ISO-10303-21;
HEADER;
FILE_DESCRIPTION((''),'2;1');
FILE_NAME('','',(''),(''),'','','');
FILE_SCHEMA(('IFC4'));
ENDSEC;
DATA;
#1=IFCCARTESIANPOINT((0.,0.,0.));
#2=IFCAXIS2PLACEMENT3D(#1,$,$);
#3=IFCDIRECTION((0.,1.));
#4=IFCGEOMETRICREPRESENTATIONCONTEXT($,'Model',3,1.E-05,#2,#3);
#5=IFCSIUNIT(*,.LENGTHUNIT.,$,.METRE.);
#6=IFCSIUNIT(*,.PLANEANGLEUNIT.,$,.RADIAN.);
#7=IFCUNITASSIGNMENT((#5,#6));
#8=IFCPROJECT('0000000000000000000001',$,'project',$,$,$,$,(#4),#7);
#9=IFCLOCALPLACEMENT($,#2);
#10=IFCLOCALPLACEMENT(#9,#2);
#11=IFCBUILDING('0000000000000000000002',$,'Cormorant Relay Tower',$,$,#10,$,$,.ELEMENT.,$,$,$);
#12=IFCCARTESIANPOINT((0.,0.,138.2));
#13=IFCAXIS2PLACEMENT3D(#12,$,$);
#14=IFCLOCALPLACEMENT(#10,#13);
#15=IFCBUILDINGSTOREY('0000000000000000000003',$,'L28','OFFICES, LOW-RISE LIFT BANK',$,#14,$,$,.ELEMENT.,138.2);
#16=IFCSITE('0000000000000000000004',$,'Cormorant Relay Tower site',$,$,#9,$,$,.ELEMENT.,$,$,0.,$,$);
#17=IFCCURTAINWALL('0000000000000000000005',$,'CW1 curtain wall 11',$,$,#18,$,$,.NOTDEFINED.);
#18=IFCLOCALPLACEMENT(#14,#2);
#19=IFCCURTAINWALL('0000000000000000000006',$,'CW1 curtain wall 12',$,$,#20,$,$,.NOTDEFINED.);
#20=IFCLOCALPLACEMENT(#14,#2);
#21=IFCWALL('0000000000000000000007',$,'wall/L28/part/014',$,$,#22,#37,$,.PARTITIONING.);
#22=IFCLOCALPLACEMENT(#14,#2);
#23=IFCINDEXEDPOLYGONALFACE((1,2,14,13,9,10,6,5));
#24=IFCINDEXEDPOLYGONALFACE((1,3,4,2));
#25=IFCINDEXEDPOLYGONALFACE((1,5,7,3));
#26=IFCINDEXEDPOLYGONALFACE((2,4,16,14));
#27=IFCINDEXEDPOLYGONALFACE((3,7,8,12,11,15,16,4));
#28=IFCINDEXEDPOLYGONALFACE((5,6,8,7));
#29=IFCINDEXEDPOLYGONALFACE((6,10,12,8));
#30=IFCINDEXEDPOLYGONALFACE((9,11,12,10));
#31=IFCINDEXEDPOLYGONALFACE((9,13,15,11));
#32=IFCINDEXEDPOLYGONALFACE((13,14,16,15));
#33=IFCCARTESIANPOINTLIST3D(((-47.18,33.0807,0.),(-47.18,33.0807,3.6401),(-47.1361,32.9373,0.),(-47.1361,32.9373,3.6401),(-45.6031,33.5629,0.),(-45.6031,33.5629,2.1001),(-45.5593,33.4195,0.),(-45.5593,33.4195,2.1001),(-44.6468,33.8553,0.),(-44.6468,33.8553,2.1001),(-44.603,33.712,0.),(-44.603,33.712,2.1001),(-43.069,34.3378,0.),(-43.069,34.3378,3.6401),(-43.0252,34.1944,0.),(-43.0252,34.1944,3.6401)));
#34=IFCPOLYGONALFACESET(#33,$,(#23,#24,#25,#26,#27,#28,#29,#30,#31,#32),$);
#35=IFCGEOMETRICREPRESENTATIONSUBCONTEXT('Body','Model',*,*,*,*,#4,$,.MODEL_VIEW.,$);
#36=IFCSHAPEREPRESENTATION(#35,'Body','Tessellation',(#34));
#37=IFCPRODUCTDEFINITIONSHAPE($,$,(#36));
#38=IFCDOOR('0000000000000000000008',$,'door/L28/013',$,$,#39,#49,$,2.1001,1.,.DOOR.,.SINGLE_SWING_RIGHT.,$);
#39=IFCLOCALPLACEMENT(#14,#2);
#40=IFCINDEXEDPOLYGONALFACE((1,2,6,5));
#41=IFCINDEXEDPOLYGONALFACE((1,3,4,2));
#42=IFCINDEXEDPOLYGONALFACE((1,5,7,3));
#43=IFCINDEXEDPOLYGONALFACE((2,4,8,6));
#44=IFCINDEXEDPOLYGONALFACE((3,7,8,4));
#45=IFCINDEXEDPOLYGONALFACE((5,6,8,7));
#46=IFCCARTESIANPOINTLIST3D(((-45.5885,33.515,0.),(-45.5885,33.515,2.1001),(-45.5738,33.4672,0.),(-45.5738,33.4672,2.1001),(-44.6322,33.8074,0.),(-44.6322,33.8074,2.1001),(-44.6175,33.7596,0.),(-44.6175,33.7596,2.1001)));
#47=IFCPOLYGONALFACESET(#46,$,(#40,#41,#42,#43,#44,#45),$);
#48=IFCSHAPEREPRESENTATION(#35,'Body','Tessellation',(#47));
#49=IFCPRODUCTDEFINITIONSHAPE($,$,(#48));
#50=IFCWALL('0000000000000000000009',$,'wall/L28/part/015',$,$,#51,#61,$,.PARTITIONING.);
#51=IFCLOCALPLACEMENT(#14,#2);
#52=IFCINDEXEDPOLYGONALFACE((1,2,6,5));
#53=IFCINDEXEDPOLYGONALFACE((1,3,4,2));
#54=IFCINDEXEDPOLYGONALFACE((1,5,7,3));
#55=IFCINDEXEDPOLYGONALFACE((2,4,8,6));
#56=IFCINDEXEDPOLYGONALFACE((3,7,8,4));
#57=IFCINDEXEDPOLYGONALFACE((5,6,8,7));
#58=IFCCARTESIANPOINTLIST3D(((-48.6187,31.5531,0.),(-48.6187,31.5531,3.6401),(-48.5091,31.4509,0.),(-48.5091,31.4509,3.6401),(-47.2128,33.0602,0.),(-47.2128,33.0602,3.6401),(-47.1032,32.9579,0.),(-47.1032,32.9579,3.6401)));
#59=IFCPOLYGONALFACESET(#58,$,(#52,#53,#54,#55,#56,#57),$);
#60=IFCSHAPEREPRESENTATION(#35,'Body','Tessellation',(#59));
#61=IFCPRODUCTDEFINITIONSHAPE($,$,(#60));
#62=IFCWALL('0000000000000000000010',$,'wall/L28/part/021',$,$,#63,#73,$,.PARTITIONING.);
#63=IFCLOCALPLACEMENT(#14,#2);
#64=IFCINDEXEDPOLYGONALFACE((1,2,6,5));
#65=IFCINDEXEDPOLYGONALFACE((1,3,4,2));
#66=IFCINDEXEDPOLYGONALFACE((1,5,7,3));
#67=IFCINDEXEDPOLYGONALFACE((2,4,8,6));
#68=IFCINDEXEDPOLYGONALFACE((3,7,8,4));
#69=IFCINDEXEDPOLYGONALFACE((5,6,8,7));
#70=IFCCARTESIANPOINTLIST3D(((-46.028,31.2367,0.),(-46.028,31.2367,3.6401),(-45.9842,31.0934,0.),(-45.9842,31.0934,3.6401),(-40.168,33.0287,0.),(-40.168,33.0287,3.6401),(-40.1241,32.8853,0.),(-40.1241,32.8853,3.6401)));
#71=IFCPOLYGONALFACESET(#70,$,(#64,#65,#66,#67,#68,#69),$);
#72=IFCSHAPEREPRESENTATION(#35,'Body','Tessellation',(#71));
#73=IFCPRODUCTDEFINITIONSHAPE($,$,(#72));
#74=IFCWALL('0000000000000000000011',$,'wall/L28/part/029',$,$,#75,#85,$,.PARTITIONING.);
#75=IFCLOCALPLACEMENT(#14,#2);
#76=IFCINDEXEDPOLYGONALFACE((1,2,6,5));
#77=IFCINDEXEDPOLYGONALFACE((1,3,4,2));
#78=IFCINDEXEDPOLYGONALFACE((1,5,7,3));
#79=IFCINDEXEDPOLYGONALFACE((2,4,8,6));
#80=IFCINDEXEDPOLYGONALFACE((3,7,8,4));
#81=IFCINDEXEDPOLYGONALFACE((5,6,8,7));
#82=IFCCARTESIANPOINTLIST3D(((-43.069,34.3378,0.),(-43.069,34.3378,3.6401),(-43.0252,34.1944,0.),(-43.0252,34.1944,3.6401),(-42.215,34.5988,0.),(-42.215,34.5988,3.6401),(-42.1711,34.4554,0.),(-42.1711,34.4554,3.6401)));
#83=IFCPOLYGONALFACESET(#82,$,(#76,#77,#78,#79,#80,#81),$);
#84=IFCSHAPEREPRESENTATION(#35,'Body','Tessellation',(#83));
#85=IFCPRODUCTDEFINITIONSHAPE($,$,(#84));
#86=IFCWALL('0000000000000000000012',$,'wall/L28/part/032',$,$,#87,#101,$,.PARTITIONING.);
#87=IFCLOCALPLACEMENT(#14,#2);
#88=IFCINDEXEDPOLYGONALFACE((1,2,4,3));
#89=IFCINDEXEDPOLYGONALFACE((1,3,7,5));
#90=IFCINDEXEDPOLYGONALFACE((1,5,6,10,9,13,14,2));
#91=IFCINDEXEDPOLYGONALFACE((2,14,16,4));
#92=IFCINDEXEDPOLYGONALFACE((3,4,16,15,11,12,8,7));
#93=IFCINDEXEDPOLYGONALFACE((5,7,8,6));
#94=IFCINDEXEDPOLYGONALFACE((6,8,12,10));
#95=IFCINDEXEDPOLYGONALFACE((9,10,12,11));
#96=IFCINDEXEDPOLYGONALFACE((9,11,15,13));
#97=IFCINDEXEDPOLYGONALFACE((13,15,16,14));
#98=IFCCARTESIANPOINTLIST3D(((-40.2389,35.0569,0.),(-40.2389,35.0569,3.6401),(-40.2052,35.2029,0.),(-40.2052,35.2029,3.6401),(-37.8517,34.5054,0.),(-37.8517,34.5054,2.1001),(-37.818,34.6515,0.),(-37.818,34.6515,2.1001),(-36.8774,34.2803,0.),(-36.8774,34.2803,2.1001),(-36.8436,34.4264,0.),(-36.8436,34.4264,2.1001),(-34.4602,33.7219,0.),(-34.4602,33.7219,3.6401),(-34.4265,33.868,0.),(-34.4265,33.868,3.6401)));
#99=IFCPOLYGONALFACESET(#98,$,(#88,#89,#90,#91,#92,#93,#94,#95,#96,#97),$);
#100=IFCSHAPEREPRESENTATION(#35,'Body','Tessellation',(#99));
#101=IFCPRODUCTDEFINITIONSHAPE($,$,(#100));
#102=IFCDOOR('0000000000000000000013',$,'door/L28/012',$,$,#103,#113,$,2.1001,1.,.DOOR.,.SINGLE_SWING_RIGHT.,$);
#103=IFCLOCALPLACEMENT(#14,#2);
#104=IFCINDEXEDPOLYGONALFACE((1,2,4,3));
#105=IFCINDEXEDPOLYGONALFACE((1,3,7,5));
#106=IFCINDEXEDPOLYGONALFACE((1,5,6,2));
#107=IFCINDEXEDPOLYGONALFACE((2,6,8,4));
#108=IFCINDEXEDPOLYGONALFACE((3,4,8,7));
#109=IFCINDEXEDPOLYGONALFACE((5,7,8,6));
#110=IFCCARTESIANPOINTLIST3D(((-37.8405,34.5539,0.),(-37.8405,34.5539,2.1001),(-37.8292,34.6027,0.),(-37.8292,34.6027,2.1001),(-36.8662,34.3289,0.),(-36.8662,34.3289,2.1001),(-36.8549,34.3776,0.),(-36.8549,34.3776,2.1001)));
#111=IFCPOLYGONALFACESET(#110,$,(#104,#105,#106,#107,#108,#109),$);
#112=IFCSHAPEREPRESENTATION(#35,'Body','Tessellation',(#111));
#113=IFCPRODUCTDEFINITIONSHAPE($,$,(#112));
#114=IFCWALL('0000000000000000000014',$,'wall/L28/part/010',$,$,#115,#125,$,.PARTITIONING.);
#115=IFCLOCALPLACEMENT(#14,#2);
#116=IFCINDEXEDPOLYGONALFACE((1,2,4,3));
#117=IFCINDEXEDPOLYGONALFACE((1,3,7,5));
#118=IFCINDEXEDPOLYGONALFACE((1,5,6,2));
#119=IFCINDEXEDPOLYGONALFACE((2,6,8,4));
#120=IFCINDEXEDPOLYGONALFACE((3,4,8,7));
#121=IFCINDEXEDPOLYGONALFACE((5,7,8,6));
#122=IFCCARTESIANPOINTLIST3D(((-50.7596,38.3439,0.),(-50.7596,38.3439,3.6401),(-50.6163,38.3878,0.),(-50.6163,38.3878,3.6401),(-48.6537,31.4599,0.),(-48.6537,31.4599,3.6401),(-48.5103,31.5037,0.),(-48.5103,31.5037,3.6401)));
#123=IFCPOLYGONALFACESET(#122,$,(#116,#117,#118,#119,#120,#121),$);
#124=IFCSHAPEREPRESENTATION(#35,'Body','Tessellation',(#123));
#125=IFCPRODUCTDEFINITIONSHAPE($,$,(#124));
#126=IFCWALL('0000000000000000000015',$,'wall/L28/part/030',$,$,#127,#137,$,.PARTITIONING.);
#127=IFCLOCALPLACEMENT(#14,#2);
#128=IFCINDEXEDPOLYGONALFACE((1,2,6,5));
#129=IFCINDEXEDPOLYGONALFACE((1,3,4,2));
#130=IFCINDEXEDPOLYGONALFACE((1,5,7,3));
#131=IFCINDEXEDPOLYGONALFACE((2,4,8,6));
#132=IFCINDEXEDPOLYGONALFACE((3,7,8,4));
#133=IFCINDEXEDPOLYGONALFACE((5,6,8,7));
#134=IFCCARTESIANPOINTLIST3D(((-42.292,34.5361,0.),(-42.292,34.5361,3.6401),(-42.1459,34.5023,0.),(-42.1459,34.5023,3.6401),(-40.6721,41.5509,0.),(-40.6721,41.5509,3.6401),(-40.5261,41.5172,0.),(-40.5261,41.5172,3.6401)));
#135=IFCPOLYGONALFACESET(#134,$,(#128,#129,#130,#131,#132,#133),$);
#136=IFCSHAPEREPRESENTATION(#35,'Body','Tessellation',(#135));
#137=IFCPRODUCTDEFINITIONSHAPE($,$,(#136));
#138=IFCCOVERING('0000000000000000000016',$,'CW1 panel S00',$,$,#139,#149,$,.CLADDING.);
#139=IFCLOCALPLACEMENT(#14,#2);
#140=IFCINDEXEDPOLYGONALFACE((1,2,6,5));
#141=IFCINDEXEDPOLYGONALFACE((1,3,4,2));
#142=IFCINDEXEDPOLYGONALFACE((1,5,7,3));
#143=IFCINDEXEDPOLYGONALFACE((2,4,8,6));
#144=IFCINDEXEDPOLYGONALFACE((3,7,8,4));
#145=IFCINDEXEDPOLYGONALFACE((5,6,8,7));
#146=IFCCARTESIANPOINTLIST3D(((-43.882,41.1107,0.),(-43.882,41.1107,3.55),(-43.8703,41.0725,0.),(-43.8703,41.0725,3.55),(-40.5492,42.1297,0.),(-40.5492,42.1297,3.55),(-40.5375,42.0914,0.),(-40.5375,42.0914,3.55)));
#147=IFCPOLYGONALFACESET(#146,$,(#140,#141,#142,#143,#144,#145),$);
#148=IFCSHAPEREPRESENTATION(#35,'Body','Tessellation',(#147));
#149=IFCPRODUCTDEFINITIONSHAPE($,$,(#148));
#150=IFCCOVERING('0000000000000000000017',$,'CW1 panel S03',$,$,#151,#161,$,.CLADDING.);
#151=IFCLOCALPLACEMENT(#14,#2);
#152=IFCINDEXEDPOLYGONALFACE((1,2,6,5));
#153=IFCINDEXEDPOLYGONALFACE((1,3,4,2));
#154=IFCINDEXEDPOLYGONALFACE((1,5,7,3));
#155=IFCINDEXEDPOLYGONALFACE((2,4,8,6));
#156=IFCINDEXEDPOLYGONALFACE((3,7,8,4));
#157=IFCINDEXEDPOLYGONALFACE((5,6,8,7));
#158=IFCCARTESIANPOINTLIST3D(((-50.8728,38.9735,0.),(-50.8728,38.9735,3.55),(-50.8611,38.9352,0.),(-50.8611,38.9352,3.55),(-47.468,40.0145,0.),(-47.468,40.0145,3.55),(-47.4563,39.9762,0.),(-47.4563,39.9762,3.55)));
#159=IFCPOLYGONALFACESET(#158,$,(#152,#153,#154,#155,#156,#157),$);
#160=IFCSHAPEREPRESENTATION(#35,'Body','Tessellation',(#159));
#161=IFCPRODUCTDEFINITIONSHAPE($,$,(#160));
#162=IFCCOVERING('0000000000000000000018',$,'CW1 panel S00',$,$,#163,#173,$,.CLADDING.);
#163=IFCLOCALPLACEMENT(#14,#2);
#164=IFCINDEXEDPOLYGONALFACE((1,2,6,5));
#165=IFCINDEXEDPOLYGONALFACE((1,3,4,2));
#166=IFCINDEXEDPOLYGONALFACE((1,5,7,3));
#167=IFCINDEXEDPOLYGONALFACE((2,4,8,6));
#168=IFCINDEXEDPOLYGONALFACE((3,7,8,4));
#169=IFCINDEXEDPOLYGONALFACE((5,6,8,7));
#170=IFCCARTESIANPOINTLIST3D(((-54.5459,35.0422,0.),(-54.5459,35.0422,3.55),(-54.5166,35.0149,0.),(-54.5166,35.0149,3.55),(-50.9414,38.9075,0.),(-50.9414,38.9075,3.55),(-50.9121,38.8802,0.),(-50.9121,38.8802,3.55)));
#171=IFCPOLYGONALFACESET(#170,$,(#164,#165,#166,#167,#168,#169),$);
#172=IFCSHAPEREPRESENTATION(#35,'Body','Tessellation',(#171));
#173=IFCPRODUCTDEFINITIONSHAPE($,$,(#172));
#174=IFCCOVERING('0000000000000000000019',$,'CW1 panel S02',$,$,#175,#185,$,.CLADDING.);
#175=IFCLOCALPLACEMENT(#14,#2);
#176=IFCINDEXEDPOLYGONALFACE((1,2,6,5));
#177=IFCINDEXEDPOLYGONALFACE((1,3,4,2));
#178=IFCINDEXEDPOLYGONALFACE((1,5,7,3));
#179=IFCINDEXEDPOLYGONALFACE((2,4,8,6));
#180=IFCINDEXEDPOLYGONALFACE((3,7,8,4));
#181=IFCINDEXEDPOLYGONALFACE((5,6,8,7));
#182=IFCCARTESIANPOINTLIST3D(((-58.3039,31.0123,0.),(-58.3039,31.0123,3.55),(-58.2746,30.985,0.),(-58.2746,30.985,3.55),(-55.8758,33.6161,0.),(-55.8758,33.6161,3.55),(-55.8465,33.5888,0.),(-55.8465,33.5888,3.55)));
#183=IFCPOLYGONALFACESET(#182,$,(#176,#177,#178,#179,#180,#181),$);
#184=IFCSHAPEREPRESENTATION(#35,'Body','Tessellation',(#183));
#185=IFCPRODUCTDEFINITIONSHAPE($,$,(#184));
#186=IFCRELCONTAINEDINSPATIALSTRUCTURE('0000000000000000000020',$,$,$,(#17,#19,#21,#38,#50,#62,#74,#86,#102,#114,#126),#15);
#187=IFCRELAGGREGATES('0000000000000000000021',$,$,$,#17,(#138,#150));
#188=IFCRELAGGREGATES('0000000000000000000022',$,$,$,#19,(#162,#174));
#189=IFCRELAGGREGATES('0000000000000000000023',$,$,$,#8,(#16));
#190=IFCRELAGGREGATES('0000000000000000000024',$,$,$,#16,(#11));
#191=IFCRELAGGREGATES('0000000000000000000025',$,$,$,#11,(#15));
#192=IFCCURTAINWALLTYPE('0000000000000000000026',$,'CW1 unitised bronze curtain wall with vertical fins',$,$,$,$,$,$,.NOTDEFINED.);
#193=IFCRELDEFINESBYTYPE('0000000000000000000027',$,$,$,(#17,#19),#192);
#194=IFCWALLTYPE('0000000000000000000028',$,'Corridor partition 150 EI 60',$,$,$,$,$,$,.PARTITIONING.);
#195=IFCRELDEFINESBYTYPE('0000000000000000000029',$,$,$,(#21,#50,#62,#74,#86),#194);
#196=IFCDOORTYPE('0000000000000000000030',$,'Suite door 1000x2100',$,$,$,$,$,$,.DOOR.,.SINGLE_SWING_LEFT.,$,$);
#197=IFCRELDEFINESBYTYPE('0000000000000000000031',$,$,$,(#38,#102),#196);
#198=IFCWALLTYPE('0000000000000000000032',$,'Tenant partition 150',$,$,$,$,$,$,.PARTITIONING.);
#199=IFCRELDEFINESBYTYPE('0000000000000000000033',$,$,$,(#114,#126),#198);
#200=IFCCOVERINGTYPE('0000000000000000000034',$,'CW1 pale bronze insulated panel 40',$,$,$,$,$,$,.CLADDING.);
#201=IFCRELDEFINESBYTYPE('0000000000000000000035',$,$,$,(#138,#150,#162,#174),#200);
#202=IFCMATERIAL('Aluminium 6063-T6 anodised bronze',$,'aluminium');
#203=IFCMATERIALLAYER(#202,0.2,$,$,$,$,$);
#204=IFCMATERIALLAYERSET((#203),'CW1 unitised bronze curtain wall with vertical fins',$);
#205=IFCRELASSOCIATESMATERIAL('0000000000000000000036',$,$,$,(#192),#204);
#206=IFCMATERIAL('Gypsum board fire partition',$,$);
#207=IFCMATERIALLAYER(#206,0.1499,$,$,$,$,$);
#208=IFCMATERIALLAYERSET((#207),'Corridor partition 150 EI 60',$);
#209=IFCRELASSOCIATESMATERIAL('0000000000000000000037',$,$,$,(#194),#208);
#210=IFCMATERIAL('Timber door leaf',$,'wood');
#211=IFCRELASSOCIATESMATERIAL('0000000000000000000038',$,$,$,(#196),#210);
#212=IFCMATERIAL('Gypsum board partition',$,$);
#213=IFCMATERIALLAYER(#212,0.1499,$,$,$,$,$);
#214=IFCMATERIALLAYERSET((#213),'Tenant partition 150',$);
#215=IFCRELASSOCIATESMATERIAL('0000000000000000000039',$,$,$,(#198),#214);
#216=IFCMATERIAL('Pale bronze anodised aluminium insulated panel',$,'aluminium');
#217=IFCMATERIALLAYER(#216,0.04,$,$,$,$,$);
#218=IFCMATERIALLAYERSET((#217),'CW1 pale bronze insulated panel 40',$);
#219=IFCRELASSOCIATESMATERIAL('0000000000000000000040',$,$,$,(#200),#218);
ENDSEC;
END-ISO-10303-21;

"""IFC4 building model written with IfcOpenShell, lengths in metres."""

from ifc_helpers import new_model, si_unit, direction, frame, frame_2d, origin, origin_2d, place, context, subcontext, project, spatial, rectangle, extrude, material, layer, layer_set, type_object, element, fill, aggregate, save


model = new_model("IFC4")

# Units and contexts
model_context = context("Model", 3, precision=1e-05, world=origin(), true_north=direction((0.0, 1.0)))
body_context = subcontext(model_context, "Body", "Model", "MODEL_VIEW")
ifc_project = project(units=[si_unit("LENGTHUNIT", "METRE"), si_unit("PLANEANGLEUNIT", "RADIAN")], contexts=[model_context])

# Site, building, storey
site_placement = place(None, origin())
site = spatial("IfcSite", under=ifc_project, at=site_placement, Name="Cormorant Relay Tower site", CompositionType="ELEMENT", RefElevation=0.0)
building_placement = place(site_placement, origin())
building = spatial("IfcBuilding", under=site, at=building_placement, Name="Cormorant Relay Tower", CompositionType="ELEMENT")
storey_placement = place(building_placement, frame((0.0, 0.0, 138.2)))
storey = spatial("IfcBuildingStorey", under=building, at=storey_placement, Name="L28", Description="OFFICES, LOW-RISE LIFT BANK", CompositionType="ELEMENT", Elevation=138.2)

# Curtain walls
ifc_material_1 = material(Name="Aluminium 6063-T6 anodised bronze", Category="aluminium")
ifc_layer_1 = layer(ifc_material_1, 0.2)
ifc_layer_set_1 = layer_set([ifc_layer_1], Name="CW1 unitised bronze curtain wall with vertical fins")
curtain_wall_type = type_object("IfcCurtainWallType", Name="CW1 unitised bronze curtain wall with vertical fins", PredefinedType="NOTDEFINED", material=ifc_layer_set_1)
curtain_wall_1_placement = place(storey_placement, origin())
curtain_wall_1 = element("IfcCurtainWall", 1, at=curtain_wall_1_placement, inside=storey, type_object=curtain_wall_type, Name="CW1 curtain wall 11", PredefinedType="NOTDEFINED")
curtain_wall_2_placement = place(storey_placement, origin())
curtain_wall_2 = element("IfcCurtainWall", 2, at=curtain_wall_2_placement, inside=storey, type_object=curtain_wall_type, Name="CW1 curtain wall 12", PredefinedType="NOTDEFINED")

# Wall, opening, door
ifc_material_2 = material(Name="Gypsum board fire partition")
ifc_layer_2 = layer(ifc_material_2, 0.1499)
ifc_layer_set_2 = layer_set([ifc_layer_2], Name="Corridor partition 150 EI 60")
wall_type_1 = type_object("IfcWallType", Name="Corridor partition 150 EI 60", PredefinedType="PARTITIONING", material=ifc_layer_set_2)
wall_1_placement = place(storey_placement, frame((-43.0471, 34.2661, 0.0), z_axis=(0.0, 0.0, 1.0), x_axis=(-0.956287, -0.292429, 0.0)))
wall_1 = element("IfcWall", 3, at=wall_1_placement, inside=storey, type_object=wall_type_1, Name="wall/L28/part/014", PredefinedType="PARTITIONING", context=body_context, shape_type="SweptSolid", body=[
    extrude(rectangle(XDim=4.2988, YDim=0.1499, at=frame_2d((2.1494, 0.0))), origin(), (0.0, 0.0, 1.0), 3.6401),
])
opening_1_placement = place(wall_1_placement, frame((1.6499, 0.0, 0.0)))
opening_1 = element("IfcOpeningElement", 4, at=opening_1_placement, cuts=wall_1, PredefinedType="OPENING", context=body_context, shape_type="SweptSolid", body=[
    extrude(rectangle(XDim=1.0, YDim=2.1001, at=frame_2d((0.5, 1.05))), frame((0.0, 0.085, 0.0), z_axis=(0.0, -1.0, 0.0), x_axis=(1.0, 0.0, 0.0)), (0.0, 0.0, 1.0), 0.1699),
])
ifc_material_3 = material(Name="Timber door leaf", Category="wood")
door_type = type_object("IfcDoorType", Name="Suite door 1000x2100", OperationType="SINGLE_SWING_LEFT", PredefinedType="DOOR", material=ifc_material_3)
door_1_placement = place(opening_1_placement, frame((1.0, 0.0, 0.0), z_axis=(0.0, 0.0, 1.0), x_axis=(-1.0, 0.0, 0.0)))
door_1 = element("IfcDoor", 5, at=door_1_placement, inside=storey, type_object=door_type, Name="door/L28/013", OperationType="SINGLE_SWING_RIGHT", OverallHeight=2.1001, OverallWidth=1.0, PredefinedType="DOOR", context=body_context, shape_type="SweptSolid", body=[
    extrude(rectangle(XDim=1.0, YDim=2.1001, at=frame_2d((0.5, 1.05))), frame((0.0, 0.0249, 0.0), z_axis=(0.0, -1.0, 0.0), x_axis=(1.0, 0.0, 0.0)), (0.0, 0.0, 1.0), 0.05),
])
fill(opening_1, door_1)

# Walls
wall_2_placement = place(storey_placement, frame((-47.158, 33.009, 0.0), z_axis=(0.0, 0.0, 1.0), x_axis=(-0.682162, -0.731201, 0.0)))
element("IfcWall", 6, at=wall_2_placement, inside=storey, type_object=wall_type_1, Name="wall/L28/part/015", PredefinedType="PARTITIONING", context=body_context, shape_type="SweptSolid", body=[
    extrude(rectangle(XDim=2.061, YDim=0.1499, at=frame_2d((1.0305, 0.0))), origin(), (0.0, 0.0, 1.0), 3.6401),
])
wall_3_placement = place(storey_placement, frame((-46.0061, 31.165, 0.0), z_axis=(0.0, 0.0, 1.0), x_axis=(0.956288, 0.292428, 0.0)))
element("IfcWall", 7, at=wall_3_placement, inside=storey, type_object=wall_type_1, Name="wall/L28/part/021", PredefinedType="PARTITIONING", context=body_context, shape_type="SweptSolid", body=[
    extrude(rectangle(XDim=6.1279, YDim=0.1499, at=frame_2d((3.064, 0.0))), origin(), (0.0, 0.0, 1.0), 3.6401),
])
wall_4_placement = place(storey_placement, frame((-43.0471, 34.2661, 0.0), z_axis=(0.0, 0.0, 1.0), x_axis=(0.956339, 0.29226, 0.0)))
element("IfcWall", 8, at=wall_4_placement, inside=storey, type_object=wall_type_1, Name="wall/L28/part/029", PredefinedType="PARTITIONING", context=body_context, shape_type="SweptSolid", body=[
    extrude(rectangle(XDim=0.8931, YDim=0.1499, at=frame_2d((0.4465, 0.0))), origin(), (0.0, 0.0, 1.0), 3.6401),
])

# Wall, opening, door
wall_5_placement = place(storey_placement, frame((-40.2219, 35.1299, 0.0), z_axis=(0.0, 0.0, 1.0), x_axis=(0.97434, -0.225082, 0.0)))
wall_5 = element("IfcWall", 9, at=wall_5_placement, inside=storey, type_object=wall_type_1, Name="wall/L28/part/032", PredefinedType="PARTITIONING", context=body_context, shape_type="SweptSolid", body=[
    extrude(rectangle(XDim=5.9309, YDim=0.1499, at=frame_2d((2.9653, 0.0))), origin(), (0.0, 0.0, 1.0), 3.6401),
])
opening_2_placement = place(wall_5_placement, frame((2.45, 0.0, 0.0)))
opening_2 = element("IfcOpeningElement", 10, at=opening_2_placement, cuts=wall_5, PredefinedType="OPENING", context=body_context, shape_type="SweptSolid", body=[
    extrude(rectangle(XDim=1.0, YDim=2.1001, at=frame_2d((0.5, 1.05))), frame((0.0, 0.085, 0.0), z_axis=(0.0, -1.0, 0.0), x_axis=(1.0, 0.0, 0.0)), (0.0, 0.0, 1.0), 0.1699),
])
door_2_placement = place(opening_2_placement, origin())
door_2 = element("IfcDoor", 11, at=door_2_placement, inside=storey, type_object=door_type, Name="door/L28/012", OperationType="SINGLE_SWING_RIGHT", OverallHeight=2.1001, OverallWidth=1.0, PredefinedType="DOOR", context=body_context, shape_type="SweptSolid", body=[
    extrude(rectangle(XDim=1.0, YDim=2.1001, at=frame_2d((0.5, 1.05))), frame((0.0, 0.0249, 0.0), z_axis=(0.0, -1.0, 0.0), x_axis=(1.0, 0.0, 0.0)), (0.0, 0.0, 1.0), 0.05),
])
fill(opening_2, door_2)

# Walls
ifc_material_4 = material(Name="Gypsum board partition")
ifc_layer_3 = layer(ifc_material_4, 0.1499)
ifc_layer_set_3 = layer_set([ifc_layer_3], Name="Tenant partition 150")
wall_type_2 = type_object("IfcWallType", Name="Tenant partition 150", PredefinedType="PARTITIONING", material=ifc_layer_set_3)
wall_6_placement = place(storey_placement, frame((-50.688, 38.366, 0.0), z_axis=(0.0, 0.0, 1.0), x_axis=(0.292536, -0.956254, 0.0)))
element("IfcWall", 12, at=wall_6_placement, inside=storey, type_object=wall_type_2, Name="wall/L28/part/010", PredefinedType="PARTITIONING", context=body_context, shape_type="SweptSolid", body=[
    extrude(rectangle(XDim=7.199, YDim=0.1499, at=frame_2d((3.5996, 0.0))), origin(), (0.0, 0.0, 1.0), 3.6401),
])
wall_7_placement = place(storey_placement, frame((-40.5991, 41.5339, 0.0), z_axis=(0.0, 0.0, 1.0), x_axis=(-0.224998, -0.974359, 0.0)))
element("IfcWall", 13, at=wall_7_placement, inside=storey, type_object=wall_type_2, Name="wall/L28/part/030", PredefinedType="PARTITIONING", context=body_context, shape_type="SweptSolid", body=[
    extrude(rectangle(XDim=7.1995, YDim=0.1499, at=frame_2d((3.5996, 0.0))), origin(), (0.0, 0.0, 1.0), 3.6401),
])

# Coverings
ifc_material_5 = material(Name="Pale bronze anodised aluminium insulated panel", Category="aluminium")
ifc_layer_4 = layer(ifc_material_5, 0.04)
ifc_layer_set_4 = layer_set([ifc_layer_4], Name="CW1 pale bronze insulated panel 40")
covering_type = type_object("IfcCoveringType", Name="CW1 pale bronze insulated panel 40", PredefinedType="CLADDING", material=ifc_layer_set_4)
covering_1_placement = place(storey_placement, frame((-42.2097, 41.6011, 0.0), z_axis=(0.0, 0.0, 1.0), x_axis=(-0.956305, -0.292372, 0.0)))
covering_1 = element("IfcCovering", 14, at=covering_1_placement, type_object=covering_type, Name="CW1 panel S00", PredefinedType="CLADDING", context=body_context, shape_type="SweptSolid", body=[
    extrude(rectangle(XDim=3.4851, YDim=0.04, at=origin_2d()), origin(), (0.0, 0.0, 1.0), 3.55),
])
covering_2_placement = place(storey_placement, frame((-49.1646, 39.4749, 0.0), z_axis=(0.0, 0.0, 1.0), x_axis=(-0.956305, -0.292372, 0.0)))
covering_2 = element("IfcCovering", 15, at=covering_2_placement, type_object=covering_type, Name="CW1 panel S03", PredefinedType="CLADDING", context=body_context, shape_type="SweptSolid", body=[
    extrude(rectangle(XDim=3.5603, YDim=0.04, at=origin_2d()), origin(), (0.0, 0.0, 1.0), 3.55),
])
aggregate(curtain_wall_1, [covering_1, covering_2])
covering_3_placement = place(storey_placement, frame((-52.729, 36.9612, 0.0), z_axis=(0.0, 0.0, 1.0), x_axis=(-0.681998, -0.731354, 0.0)))
covering_3 = element("IfcCovering", 16, at=covering_3_placement, type_object=covering_type, Name="CW1 panel S00", PredefinedType="CLADDING", context=body_context, shape_type="SweptSolid", body=[
    extrude(rectangle(XDim=5.2852, YDim=0.04, at=origin_2d()), origin(), (0.0, 0.0, 1.0), 3.55),
])
covering_4_placement = place(storey_placement, frame((-57.0752, 32.3005, 0.0), z_axis=(0.0, 0.0, 1.0), x_axis=(-0.681998, -0.731354, 0.0)))
covering_4 = element("IfcCovering", 17, at=covering_4_placement, type_object=covering_type, Name="CW1 panel S02", PredefinedType="CLADDING", context=body_context, shape_type="SweptSolid", body=[
    extrude(rectangle(XDim=3.5603, YDim=0.04, at=origin_2d()), origin(), (0.0, 0.0, 1.0), 3.55),
])
aggregate(curtain_wall_2, [covering_3, covering_4])

save(model, "model.ifc")
